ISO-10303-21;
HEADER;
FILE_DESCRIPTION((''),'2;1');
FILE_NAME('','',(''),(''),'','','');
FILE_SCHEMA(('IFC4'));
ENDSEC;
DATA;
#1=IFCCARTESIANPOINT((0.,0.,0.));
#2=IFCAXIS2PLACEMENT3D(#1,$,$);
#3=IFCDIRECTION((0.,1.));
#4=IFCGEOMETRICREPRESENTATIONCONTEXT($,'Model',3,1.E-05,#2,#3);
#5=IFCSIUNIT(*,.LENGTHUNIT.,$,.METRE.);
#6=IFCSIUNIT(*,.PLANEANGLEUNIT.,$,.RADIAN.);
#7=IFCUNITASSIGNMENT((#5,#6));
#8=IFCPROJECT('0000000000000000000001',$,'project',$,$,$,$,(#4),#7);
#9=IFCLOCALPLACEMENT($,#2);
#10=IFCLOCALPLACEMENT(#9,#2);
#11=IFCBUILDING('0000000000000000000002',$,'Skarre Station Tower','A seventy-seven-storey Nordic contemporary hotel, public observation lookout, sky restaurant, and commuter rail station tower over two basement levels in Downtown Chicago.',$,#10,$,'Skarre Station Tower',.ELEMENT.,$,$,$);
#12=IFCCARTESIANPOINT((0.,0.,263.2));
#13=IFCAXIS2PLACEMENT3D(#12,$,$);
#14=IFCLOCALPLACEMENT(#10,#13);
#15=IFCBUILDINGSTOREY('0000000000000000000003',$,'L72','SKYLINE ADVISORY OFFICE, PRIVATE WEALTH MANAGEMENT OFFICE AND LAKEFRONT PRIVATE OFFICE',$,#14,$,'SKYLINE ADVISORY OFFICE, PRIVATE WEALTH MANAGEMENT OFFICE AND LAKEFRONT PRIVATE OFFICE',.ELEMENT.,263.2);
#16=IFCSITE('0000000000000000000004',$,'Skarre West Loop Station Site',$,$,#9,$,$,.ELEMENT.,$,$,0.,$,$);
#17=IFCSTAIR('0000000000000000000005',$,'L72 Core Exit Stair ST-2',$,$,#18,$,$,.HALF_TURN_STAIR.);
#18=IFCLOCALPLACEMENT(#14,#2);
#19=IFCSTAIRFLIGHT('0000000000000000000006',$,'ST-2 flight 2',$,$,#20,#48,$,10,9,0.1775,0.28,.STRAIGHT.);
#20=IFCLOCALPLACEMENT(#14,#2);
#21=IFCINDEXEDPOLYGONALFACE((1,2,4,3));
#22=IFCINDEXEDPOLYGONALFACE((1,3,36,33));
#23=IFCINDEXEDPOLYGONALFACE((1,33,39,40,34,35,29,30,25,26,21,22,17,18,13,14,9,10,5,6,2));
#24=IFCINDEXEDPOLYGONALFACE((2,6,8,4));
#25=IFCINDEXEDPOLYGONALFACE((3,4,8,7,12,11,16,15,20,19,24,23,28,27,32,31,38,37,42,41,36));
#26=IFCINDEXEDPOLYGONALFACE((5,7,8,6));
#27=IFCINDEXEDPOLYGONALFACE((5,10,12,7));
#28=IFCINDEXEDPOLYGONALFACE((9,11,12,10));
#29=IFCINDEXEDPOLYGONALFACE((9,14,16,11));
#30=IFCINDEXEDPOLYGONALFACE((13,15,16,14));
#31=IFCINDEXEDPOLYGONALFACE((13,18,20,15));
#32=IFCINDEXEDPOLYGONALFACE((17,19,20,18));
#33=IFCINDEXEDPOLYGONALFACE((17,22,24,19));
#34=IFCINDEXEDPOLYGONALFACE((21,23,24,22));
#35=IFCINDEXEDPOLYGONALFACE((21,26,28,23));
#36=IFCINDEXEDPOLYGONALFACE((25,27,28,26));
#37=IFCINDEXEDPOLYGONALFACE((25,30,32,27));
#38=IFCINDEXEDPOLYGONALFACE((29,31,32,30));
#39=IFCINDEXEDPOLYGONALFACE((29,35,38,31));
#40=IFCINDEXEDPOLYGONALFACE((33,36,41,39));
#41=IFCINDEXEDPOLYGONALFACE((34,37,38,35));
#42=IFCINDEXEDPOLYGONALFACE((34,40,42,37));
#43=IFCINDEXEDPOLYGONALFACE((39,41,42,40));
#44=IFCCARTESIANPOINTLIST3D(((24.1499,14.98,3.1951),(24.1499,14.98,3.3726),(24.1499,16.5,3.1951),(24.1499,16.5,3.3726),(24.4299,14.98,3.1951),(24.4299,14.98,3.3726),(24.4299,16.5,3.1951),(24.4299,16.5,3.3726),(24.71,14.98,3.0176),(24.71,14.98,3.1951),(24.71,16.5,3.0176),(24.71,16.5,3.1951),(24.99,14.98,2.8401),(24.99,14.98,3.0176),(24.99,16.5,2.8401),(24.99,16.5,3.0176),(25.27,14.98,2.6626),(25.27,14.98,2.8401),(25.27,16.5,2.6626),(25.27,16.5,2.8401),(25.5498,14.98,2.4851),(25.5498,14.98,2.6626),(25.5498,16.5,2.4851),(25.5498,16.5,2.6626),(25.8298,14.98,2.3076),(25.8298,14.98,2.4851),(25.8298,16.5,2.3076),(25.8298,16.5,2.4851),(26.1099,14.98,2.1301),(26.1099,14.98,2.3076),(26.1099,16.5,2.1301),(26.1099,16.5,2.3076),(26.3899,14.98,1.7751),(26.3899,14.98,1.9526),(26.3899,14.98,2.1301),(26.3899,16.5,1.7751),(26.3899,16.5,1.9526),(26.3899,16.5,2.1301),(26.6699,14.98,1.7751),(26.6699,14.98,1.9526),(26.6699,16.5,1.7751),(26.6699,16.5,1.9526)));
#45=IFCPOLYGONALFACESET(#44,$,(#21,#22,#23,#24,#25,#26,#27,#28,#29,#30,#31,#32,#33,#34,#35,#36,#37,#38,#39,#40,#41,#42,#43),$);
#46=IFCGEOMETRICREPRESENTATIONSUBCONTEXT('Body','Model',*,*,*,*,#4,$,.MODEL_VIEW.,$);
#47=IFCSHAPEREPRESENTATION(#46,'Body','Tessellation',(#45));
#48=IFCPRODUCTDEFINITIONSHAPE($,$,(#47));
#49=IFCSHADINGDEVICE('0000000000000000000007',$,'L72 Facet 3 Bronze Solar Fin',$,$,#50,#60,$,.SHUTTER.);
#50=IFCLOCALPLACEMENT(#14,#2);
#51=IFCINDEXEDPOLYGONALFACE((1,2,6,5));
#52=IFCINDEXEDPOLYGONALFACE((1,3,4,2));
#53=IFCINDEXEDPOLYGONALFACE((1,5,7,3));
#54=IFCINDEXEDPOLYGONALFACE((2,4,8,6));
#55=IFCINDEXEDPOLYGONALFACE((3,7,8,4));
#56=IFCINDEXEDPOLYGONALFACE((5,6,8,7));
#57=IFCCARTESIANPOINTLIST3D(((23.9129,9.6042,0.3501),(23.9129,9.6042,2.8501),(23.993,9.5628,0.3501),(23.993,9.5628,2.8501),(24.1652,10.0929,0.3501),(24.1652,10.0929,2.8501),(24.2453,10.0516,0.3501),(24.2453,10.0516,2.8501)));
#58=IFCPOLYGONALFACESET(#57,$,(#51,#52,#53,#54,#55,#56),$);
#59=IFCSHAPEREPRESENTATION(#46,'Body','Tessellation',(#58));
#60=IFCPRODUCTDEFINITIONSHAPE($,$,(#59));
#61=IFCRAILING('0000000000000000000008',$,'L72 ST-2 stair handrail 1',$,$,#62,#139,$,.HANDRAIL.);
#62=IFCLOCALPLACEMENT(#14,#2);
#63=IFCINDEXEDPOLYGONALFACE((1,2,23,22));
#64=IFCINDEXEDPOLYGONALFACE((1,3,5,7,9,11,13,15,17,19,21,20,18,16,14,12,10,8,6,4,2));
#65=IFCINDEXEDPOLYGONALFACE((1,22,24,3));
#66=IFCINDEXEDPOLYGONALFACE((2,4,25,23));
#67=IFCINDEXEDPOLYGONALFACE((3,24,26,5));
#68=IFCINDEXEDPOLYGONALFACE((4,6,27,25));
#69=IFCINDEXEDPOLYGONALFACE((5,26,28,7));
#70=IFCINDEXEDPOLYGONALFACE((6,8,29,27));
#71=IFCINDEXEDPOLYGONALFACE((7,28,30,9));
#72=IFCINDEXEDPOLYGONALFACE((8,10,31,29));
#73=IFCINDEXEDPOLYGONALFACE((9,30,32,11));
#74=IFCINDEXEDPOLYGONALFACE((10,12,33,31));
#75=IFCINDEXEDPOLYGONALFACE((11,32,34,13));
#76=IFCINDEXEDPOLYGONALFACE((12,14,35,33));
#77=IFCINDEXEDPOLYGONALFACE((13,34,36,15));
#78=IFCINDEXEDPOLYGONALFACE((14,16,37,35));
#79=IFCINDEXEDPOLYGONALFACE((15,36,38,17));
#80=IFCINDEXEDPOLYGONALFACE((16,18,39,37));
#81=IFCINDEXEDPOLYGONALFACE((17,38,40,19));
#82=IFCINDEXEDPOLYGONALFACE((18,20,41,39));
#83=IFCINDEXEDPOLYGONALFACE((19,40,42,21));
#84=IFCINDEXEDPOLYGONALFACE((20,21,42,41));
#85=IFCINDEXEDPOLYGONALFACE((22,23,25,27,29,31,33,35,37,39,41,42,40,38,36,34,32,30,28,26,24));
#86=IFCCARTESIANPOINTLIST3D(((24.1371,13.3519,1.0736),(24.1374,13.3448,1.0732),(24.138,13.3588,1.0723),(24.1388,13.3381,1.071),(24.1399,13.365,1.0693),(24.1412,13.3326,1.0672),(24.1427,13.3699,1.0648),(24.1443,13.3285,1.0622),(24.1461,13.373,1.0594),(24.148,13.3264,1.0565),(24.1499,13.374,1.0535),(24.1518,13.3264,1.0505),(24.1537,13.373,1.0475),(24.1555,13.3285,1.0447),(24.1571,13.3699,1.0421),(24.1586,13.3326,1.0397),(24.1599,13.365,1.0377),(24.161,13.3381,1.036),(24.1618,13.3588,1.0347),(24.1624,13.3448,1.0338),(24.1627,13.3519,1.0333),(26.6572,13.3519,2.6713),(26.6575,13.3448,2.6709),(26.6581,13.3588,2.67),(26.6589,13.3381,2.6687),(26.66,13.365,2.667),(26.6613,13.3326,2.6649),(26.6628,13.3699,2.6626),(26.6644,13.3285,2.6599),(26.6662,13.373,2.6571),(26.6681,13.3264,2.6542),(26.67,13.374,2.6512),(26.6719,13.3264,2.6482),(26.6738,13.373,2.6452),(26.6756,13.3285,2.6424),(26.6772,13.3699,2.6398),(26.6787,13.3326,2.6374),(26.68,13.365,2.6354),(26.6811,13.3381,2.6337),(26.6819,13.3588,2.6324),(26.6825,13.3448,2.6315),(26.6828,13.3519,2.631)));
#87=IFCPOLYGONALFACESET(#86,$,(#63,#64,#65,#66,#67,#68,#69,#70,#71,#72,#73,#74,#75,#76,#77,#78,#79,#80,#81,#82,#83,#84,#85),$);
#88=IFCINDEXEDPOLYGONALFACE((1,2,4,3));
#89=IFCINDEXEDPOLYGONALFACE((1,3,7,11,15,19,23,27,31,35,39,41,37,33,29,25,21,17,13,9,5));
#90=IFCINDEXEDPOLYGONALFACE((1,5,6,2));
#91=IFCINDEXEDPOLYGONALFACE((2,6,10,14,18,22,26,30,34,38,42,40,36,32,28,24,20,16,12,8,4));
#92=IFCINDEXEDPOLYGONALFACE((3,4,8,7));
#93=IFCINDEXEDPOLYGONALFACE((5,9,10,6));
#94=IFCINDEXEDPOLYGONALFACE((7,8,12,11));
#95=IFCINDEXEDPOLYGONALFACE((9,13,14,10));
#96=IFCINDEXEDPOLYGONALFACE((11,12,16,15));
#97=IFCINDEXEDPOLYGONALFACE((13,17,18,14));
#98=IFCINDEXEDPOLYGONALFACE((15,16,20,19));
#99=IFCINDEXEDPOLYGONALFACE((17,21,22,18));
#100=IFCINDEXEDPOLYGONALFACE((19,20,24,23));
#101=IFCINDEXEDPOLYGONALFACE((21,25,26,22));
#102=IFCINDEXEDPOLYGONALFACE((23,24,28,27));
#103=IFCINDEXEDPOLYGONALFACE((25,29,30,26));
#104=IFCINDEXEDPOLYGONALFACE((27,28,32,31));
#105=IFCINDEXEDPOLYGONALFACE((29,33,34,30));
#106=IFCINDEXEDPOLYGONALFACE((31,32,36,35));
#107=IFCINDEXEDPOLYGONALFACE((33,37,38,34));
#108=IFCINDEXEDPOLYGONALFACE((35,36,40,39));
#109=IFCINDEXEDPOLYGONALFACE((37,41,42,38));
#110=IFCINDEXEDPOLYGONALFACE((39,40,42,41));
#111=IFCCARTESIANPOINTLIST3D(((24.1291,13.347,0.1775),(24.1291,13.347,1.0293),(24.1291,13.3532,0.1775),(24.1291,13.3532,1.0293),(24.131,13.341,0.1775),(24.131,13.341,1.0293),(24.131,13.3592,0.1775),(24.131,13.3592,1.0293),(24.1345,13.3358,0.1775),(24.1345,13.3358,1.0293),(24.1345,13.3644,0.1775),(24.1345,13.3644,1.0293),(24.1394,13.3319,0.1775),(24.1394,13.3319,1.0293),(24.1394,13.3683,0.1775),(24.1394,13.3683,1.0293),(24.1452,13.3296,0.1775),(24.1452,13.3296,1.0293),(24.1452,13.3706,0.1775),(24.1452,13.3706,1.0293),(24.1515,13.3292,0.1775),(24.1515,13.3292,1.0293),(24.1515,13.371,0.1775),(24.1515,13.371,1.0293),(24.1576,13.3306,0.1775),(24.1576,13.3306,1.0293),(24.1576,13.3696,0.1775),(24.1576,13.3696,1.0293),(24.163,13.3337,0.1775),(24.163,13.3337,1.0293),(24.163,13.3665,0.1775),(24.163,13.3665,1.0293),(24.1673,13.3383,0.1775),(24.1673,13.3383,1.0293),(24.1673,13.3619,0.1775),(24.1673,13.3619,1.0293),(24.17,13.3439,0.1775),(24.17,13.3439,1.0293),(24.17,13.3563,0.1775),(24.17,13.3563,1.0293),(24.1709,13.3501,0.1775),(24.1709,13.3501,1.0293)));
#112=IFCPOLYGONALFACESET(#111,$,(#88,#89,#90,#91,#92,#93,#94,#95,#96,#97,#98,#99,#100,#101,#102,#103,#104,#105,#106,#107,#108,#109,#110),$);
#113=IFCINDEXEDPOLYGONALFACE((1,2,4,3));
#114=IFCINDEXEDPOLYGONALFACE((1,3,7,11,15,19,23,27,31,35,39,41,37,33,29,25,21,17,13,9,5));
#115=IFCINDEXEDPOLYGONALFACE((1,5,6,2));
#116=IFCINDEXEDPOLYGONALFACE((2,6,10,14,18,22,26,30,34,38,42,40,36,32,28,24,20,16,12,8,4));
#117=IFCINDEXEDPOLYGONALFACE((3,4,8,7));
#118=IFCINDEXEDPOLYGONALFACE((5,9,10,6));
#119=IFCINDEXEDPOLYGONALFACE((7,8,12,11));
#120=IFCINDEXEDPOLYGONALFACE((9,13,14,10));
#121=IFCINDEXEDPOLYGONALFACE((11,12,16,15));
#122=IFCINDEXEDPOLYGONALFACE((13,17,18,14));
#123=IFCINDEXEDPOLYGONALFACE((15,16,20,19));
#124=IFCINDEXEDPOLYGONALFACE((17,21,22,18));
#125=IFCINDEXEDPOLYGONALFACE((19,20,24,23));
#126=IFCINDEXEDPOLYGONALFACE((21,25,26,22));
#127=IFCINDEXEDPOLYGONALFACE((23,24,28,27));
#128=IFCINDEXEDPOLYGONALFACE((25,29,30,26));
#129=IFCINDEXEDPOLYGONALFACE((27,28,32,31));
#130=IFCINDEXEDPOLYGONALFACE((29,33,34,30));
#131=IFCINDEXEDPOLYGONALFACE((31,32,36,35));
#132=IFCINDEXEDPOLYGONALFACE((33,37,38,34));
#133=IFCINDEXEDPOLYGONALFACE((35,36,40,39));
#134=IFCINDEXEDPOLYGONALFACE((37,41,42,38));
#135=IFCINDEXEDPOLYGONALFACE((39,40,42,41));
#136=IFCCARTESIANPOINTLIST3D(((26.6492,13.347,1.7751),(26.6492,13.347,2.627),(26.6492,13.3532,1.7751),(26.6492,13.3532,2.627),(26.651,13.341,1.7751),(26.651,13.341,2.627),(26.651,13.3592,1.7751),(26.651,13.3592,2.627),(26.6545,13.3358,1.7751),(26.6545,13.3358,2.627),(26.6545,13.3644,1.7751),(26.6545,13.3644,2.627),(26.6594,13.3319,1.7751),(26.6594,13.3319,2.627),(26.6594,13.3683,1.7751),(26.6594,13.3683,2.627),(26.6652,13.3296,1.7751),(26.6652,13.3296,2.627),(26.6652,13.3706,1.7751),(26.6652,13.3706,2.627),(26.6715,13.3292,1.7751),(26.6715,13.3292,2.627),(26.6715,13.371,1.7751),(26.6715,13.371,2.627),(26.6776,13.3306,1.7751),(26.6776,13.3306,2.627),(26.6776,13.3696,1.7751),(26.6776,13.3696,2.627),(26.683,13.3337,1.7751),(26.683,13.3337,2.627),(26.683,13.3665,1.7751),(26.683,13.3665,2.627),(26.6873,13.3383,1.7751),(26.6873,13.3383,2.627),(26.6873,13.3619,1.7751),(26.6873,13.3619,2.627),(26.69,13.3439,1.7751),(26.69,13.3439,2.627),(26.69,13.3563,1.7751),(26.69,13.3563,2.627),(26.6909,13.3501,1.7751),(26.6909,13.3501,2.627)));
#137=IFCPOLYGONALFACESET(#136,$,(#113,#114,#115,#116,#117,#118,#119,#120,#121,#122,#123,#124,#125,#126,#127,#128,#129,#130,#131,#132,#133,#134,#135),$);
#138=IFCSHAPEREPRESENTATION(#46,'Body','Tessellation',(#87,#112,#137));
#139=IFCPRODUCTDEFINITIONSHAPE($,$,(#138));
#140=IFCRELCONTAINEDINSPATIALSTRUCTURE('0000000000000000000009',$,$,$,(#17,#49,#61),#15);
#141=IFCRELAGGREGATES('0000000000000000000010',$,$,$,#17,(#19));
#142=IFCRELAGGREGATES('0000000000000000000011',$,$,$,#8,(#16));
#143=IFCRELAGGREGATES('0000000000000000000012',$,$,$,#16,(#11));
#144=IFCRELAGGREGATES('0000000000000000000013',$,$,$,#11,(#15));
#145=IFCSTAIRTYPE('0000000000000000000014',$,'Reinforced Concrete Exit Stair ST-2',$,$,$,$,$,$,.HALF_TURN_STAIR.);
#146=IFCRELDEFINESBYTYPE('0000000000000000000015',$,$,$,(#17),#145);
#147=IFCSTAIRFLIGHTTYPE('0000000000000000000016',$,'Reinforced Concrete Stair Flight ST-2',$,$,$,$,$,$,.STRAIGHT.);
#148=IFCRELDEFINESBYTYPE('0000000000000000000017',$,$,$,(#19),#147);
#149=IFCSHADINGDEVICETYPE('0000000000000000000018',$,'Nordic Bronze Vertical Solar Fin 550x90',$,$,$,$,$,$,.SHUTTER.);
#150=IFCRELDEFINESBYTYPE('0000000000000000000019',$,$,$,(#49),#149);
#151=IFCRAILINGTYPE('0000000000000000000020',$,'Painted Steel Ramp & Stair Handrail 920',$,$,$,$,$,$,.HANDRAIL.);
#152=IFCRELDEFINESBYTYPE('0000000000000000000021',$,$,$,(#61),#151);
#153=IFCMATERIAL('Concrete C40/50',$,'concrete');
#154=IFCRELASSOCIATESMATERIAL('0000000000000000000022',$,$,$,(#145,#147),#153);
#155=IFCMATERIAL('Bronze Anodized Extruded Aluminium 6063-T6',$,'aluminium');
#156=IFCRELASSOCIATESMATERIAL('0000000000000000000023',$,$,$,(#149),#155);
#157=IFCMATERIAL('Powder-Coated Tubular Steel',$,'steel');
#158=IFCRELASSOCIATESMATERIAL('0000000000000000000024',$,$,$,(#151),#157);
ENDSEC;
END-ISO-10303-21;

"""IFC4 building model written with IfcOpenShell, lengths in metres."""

from ifc_helpers import new_model, si_unit, direction, frame, origin, origin_2d, place, context, subcontext, project, spatial, polyline, rectangle, circle, outline, extrude, material, type_object, element, aggregate, save


model = new_model("IFC4")

# Units and contexts
model_context = context("Model", 3, precision=1e-05, world=origin(), true_north=direction((0.0, 1.0)))
body_context = subcontext(model_context, "Body", "Model", "MODEL_VIEW")
ifc_project = project(units=[si_unit("LENGTHUNIT", "METRE"), si_unit("PLANEANGLEUNIT", "RADIAN")], contexts=[model_context])

# Site, building, storey
site_placement = place(None, origin())
site = spatial("IfcSite", under=ifc_project, at=site_placement, Name="Skarre West Loop Station Site", CompositionType="ELEMENT", RefElevation=0.0)
building_placement = place(site_placement, origin())
building = spatial("IfcBuilding", under=site, at=building_placement, Name="Skarre Station Tower", Description="A seventy-seven-storey Nordic contemporary hotel, public observation lookout, sky restaurant, and commuter rail station tower over two basement levels in Downtown Chicago.", LongName="Skarre Station Tower", CompositionType="ELEMENT")
storey_placement = place(building_placement, frame((0.0, 0.0, 263.2)))
storey = spatial("IfcBuildingStorey", under=building, at=storey_placement, Name="L72", Description="SKYLINE ADVISORY OFFICE, PRIVATE WEALTH MANAGEMENT OFFICE AND LAKEFRONT PRIVATE OFFICE", LongName="SKYLINE ADVISORY OFFICE, PRIVATE WEALTH MANAGEMENT OFFICE AND LAKEFRONT PRIVATE OFFICE", CompositionType="ELEMENT", Elevation=263.2)

# Stair, stair flight
ifc_material_1 = material(Name="Concrete C40/50", Category="concrete")
stair_type = type_object("IfcStairType", Name="Reinforced Concrete Exit Stair ST-2", PredefinedType="HALF_TURN_STAIR", material=ifc_material_1)
stair_placement = place(storey_placement, origin())
stair = element("IfcStair", 1, at=stair_placement, inside=storey, type_object=stair_type, Name="L72 Core Exit Stair ST-2", PredefinedType="HALF_TURN_STAIR")
stair_flight_type = type_object("IfcStairFlightType", Name="Reinforced Concrete Stair Flight ST-2", PredefinedType="STRAIGHT", material=ifc_material_1)
stair_flight_1_placement = place(storey_placement, frame((26.6699, 15.74, 1.7751), z_axis=(0.0, 0.0, 1.0), x_axis=(-1.0, 0.0, 0.0)))
stair_flight_1 = element("IfcStairFlight", 2, at=stair_flight_1_placement, type_object=stair_flight_type, Name="ST-2 flight 2", NumberOfRisers=10, NumberOfTreads=9, PredefinedType="STRAIGHT", RiserHeight=0.1775, TreadLength=0.28, context=body_context, shape_type="SweptSolid", body=[
    extrude(outline(polyline([(0.0, 0.0), (0.0, 0.1775), (0.28, 0.1775), (0.28, 0.355), (0.5601, 0.355), (0.5601, 0.5325), (0.8401, 0.5325), (0.8401, 0.71), (1.1201, 0.71), (1.1201, 0.8875), (1.3999, 0.8875), (1.3999, 1.0649), (1.6799, 1.0649), (1.6799, 1.2424), (1.96, 1.2424), (1.96, 1.4199), (2.24, 1.4199), (2.24, 1.5974), (2.52, 1.5974), (2.52, 1.7749), (2.52, 1.4199), (0.28, 0.0), (0.0, 0.0)])), frame((0.0, 0.76, 0.0), z_axis=(0.0, -1.0, 0.0), x_axis=(1.0, 0.0, 0.0)), (0.0, 0.0, 1.0), 1.52),
])
aggregate(stair, [stair_flight_1])

# Shading device
ifc_material_2 = material(Name="Bronze Anodized Extruded Aluminium 6063-T6", Category="aluminium")
shading_device_type = type_object("IfcShadingDeviceType", Name="Nordic Bronze Vertical Solar Fin 550x90", PredefinedType="SHUTTER", material=ifc_material_2)
shading_device_placement = place(storey_placement, frame((24.0791, 9.8279, 0.3501), z_axis=(0.0, 0.0, 1.0), x_axis=(-0.458712, -0.888585, 0.0)))
element("IfcShadingDevice", 3, at=shading_device_placement, inside=storey, type_object=shading_device_type, Name="L72 Facet 3 Bronze Solar Fin", PredefinedType="SHUTTER", context=body_context, shape_type="SweptSolid", body=[
    extrude(rectangle(XDim=0.55, YDim=0.0901, at=origin_2d()), origin(), (0.0, 0.0, 1.0), 2.5),
])

# Railing
ifc_material_3 = material(Name="Powder-Coated Tubular Steel", Category="steel")
railing_type_1 = type_object("IfcRailingType", Name="Painted Steel Ramp & Stair Handrail 920", PredefinedType="HANDRAIL", material=ifc_material_3)
railing_1_placement = place(storey_placement, frame((24.1499, 13.3501, 0.1775)))
element("IfcRailing", 4, at=railing_1_placement, inside=storey, type_object=railing_type_1, Name="L72 ST-2 stair handrail 1", PredefinedType="HANDRAIL", context=body_context, shape_type="SweptSolid", body=[
    extrude(circle(Radius=0.0239, at=origin_2d()), frame((0.0, 0.0, 0.876), z_axis=(0.84457, 0.0, 0.535445), x_axis=(0.0, 1.0, 0.0)), (0.0, 0.0, 1.0), 2.9839),
    extrude(circle(Radius=0.021, at=origin_2d()), origin(), (0.0, 0.0, 1.0), 0.8518),
    extrude(circle(Radius=0.021, at=origin_2d()), frame((2.52, 0.0, 1.5977)), (0.0, 0.0, 1.0), 0.8518),
])

save(model, "model.ifc")
